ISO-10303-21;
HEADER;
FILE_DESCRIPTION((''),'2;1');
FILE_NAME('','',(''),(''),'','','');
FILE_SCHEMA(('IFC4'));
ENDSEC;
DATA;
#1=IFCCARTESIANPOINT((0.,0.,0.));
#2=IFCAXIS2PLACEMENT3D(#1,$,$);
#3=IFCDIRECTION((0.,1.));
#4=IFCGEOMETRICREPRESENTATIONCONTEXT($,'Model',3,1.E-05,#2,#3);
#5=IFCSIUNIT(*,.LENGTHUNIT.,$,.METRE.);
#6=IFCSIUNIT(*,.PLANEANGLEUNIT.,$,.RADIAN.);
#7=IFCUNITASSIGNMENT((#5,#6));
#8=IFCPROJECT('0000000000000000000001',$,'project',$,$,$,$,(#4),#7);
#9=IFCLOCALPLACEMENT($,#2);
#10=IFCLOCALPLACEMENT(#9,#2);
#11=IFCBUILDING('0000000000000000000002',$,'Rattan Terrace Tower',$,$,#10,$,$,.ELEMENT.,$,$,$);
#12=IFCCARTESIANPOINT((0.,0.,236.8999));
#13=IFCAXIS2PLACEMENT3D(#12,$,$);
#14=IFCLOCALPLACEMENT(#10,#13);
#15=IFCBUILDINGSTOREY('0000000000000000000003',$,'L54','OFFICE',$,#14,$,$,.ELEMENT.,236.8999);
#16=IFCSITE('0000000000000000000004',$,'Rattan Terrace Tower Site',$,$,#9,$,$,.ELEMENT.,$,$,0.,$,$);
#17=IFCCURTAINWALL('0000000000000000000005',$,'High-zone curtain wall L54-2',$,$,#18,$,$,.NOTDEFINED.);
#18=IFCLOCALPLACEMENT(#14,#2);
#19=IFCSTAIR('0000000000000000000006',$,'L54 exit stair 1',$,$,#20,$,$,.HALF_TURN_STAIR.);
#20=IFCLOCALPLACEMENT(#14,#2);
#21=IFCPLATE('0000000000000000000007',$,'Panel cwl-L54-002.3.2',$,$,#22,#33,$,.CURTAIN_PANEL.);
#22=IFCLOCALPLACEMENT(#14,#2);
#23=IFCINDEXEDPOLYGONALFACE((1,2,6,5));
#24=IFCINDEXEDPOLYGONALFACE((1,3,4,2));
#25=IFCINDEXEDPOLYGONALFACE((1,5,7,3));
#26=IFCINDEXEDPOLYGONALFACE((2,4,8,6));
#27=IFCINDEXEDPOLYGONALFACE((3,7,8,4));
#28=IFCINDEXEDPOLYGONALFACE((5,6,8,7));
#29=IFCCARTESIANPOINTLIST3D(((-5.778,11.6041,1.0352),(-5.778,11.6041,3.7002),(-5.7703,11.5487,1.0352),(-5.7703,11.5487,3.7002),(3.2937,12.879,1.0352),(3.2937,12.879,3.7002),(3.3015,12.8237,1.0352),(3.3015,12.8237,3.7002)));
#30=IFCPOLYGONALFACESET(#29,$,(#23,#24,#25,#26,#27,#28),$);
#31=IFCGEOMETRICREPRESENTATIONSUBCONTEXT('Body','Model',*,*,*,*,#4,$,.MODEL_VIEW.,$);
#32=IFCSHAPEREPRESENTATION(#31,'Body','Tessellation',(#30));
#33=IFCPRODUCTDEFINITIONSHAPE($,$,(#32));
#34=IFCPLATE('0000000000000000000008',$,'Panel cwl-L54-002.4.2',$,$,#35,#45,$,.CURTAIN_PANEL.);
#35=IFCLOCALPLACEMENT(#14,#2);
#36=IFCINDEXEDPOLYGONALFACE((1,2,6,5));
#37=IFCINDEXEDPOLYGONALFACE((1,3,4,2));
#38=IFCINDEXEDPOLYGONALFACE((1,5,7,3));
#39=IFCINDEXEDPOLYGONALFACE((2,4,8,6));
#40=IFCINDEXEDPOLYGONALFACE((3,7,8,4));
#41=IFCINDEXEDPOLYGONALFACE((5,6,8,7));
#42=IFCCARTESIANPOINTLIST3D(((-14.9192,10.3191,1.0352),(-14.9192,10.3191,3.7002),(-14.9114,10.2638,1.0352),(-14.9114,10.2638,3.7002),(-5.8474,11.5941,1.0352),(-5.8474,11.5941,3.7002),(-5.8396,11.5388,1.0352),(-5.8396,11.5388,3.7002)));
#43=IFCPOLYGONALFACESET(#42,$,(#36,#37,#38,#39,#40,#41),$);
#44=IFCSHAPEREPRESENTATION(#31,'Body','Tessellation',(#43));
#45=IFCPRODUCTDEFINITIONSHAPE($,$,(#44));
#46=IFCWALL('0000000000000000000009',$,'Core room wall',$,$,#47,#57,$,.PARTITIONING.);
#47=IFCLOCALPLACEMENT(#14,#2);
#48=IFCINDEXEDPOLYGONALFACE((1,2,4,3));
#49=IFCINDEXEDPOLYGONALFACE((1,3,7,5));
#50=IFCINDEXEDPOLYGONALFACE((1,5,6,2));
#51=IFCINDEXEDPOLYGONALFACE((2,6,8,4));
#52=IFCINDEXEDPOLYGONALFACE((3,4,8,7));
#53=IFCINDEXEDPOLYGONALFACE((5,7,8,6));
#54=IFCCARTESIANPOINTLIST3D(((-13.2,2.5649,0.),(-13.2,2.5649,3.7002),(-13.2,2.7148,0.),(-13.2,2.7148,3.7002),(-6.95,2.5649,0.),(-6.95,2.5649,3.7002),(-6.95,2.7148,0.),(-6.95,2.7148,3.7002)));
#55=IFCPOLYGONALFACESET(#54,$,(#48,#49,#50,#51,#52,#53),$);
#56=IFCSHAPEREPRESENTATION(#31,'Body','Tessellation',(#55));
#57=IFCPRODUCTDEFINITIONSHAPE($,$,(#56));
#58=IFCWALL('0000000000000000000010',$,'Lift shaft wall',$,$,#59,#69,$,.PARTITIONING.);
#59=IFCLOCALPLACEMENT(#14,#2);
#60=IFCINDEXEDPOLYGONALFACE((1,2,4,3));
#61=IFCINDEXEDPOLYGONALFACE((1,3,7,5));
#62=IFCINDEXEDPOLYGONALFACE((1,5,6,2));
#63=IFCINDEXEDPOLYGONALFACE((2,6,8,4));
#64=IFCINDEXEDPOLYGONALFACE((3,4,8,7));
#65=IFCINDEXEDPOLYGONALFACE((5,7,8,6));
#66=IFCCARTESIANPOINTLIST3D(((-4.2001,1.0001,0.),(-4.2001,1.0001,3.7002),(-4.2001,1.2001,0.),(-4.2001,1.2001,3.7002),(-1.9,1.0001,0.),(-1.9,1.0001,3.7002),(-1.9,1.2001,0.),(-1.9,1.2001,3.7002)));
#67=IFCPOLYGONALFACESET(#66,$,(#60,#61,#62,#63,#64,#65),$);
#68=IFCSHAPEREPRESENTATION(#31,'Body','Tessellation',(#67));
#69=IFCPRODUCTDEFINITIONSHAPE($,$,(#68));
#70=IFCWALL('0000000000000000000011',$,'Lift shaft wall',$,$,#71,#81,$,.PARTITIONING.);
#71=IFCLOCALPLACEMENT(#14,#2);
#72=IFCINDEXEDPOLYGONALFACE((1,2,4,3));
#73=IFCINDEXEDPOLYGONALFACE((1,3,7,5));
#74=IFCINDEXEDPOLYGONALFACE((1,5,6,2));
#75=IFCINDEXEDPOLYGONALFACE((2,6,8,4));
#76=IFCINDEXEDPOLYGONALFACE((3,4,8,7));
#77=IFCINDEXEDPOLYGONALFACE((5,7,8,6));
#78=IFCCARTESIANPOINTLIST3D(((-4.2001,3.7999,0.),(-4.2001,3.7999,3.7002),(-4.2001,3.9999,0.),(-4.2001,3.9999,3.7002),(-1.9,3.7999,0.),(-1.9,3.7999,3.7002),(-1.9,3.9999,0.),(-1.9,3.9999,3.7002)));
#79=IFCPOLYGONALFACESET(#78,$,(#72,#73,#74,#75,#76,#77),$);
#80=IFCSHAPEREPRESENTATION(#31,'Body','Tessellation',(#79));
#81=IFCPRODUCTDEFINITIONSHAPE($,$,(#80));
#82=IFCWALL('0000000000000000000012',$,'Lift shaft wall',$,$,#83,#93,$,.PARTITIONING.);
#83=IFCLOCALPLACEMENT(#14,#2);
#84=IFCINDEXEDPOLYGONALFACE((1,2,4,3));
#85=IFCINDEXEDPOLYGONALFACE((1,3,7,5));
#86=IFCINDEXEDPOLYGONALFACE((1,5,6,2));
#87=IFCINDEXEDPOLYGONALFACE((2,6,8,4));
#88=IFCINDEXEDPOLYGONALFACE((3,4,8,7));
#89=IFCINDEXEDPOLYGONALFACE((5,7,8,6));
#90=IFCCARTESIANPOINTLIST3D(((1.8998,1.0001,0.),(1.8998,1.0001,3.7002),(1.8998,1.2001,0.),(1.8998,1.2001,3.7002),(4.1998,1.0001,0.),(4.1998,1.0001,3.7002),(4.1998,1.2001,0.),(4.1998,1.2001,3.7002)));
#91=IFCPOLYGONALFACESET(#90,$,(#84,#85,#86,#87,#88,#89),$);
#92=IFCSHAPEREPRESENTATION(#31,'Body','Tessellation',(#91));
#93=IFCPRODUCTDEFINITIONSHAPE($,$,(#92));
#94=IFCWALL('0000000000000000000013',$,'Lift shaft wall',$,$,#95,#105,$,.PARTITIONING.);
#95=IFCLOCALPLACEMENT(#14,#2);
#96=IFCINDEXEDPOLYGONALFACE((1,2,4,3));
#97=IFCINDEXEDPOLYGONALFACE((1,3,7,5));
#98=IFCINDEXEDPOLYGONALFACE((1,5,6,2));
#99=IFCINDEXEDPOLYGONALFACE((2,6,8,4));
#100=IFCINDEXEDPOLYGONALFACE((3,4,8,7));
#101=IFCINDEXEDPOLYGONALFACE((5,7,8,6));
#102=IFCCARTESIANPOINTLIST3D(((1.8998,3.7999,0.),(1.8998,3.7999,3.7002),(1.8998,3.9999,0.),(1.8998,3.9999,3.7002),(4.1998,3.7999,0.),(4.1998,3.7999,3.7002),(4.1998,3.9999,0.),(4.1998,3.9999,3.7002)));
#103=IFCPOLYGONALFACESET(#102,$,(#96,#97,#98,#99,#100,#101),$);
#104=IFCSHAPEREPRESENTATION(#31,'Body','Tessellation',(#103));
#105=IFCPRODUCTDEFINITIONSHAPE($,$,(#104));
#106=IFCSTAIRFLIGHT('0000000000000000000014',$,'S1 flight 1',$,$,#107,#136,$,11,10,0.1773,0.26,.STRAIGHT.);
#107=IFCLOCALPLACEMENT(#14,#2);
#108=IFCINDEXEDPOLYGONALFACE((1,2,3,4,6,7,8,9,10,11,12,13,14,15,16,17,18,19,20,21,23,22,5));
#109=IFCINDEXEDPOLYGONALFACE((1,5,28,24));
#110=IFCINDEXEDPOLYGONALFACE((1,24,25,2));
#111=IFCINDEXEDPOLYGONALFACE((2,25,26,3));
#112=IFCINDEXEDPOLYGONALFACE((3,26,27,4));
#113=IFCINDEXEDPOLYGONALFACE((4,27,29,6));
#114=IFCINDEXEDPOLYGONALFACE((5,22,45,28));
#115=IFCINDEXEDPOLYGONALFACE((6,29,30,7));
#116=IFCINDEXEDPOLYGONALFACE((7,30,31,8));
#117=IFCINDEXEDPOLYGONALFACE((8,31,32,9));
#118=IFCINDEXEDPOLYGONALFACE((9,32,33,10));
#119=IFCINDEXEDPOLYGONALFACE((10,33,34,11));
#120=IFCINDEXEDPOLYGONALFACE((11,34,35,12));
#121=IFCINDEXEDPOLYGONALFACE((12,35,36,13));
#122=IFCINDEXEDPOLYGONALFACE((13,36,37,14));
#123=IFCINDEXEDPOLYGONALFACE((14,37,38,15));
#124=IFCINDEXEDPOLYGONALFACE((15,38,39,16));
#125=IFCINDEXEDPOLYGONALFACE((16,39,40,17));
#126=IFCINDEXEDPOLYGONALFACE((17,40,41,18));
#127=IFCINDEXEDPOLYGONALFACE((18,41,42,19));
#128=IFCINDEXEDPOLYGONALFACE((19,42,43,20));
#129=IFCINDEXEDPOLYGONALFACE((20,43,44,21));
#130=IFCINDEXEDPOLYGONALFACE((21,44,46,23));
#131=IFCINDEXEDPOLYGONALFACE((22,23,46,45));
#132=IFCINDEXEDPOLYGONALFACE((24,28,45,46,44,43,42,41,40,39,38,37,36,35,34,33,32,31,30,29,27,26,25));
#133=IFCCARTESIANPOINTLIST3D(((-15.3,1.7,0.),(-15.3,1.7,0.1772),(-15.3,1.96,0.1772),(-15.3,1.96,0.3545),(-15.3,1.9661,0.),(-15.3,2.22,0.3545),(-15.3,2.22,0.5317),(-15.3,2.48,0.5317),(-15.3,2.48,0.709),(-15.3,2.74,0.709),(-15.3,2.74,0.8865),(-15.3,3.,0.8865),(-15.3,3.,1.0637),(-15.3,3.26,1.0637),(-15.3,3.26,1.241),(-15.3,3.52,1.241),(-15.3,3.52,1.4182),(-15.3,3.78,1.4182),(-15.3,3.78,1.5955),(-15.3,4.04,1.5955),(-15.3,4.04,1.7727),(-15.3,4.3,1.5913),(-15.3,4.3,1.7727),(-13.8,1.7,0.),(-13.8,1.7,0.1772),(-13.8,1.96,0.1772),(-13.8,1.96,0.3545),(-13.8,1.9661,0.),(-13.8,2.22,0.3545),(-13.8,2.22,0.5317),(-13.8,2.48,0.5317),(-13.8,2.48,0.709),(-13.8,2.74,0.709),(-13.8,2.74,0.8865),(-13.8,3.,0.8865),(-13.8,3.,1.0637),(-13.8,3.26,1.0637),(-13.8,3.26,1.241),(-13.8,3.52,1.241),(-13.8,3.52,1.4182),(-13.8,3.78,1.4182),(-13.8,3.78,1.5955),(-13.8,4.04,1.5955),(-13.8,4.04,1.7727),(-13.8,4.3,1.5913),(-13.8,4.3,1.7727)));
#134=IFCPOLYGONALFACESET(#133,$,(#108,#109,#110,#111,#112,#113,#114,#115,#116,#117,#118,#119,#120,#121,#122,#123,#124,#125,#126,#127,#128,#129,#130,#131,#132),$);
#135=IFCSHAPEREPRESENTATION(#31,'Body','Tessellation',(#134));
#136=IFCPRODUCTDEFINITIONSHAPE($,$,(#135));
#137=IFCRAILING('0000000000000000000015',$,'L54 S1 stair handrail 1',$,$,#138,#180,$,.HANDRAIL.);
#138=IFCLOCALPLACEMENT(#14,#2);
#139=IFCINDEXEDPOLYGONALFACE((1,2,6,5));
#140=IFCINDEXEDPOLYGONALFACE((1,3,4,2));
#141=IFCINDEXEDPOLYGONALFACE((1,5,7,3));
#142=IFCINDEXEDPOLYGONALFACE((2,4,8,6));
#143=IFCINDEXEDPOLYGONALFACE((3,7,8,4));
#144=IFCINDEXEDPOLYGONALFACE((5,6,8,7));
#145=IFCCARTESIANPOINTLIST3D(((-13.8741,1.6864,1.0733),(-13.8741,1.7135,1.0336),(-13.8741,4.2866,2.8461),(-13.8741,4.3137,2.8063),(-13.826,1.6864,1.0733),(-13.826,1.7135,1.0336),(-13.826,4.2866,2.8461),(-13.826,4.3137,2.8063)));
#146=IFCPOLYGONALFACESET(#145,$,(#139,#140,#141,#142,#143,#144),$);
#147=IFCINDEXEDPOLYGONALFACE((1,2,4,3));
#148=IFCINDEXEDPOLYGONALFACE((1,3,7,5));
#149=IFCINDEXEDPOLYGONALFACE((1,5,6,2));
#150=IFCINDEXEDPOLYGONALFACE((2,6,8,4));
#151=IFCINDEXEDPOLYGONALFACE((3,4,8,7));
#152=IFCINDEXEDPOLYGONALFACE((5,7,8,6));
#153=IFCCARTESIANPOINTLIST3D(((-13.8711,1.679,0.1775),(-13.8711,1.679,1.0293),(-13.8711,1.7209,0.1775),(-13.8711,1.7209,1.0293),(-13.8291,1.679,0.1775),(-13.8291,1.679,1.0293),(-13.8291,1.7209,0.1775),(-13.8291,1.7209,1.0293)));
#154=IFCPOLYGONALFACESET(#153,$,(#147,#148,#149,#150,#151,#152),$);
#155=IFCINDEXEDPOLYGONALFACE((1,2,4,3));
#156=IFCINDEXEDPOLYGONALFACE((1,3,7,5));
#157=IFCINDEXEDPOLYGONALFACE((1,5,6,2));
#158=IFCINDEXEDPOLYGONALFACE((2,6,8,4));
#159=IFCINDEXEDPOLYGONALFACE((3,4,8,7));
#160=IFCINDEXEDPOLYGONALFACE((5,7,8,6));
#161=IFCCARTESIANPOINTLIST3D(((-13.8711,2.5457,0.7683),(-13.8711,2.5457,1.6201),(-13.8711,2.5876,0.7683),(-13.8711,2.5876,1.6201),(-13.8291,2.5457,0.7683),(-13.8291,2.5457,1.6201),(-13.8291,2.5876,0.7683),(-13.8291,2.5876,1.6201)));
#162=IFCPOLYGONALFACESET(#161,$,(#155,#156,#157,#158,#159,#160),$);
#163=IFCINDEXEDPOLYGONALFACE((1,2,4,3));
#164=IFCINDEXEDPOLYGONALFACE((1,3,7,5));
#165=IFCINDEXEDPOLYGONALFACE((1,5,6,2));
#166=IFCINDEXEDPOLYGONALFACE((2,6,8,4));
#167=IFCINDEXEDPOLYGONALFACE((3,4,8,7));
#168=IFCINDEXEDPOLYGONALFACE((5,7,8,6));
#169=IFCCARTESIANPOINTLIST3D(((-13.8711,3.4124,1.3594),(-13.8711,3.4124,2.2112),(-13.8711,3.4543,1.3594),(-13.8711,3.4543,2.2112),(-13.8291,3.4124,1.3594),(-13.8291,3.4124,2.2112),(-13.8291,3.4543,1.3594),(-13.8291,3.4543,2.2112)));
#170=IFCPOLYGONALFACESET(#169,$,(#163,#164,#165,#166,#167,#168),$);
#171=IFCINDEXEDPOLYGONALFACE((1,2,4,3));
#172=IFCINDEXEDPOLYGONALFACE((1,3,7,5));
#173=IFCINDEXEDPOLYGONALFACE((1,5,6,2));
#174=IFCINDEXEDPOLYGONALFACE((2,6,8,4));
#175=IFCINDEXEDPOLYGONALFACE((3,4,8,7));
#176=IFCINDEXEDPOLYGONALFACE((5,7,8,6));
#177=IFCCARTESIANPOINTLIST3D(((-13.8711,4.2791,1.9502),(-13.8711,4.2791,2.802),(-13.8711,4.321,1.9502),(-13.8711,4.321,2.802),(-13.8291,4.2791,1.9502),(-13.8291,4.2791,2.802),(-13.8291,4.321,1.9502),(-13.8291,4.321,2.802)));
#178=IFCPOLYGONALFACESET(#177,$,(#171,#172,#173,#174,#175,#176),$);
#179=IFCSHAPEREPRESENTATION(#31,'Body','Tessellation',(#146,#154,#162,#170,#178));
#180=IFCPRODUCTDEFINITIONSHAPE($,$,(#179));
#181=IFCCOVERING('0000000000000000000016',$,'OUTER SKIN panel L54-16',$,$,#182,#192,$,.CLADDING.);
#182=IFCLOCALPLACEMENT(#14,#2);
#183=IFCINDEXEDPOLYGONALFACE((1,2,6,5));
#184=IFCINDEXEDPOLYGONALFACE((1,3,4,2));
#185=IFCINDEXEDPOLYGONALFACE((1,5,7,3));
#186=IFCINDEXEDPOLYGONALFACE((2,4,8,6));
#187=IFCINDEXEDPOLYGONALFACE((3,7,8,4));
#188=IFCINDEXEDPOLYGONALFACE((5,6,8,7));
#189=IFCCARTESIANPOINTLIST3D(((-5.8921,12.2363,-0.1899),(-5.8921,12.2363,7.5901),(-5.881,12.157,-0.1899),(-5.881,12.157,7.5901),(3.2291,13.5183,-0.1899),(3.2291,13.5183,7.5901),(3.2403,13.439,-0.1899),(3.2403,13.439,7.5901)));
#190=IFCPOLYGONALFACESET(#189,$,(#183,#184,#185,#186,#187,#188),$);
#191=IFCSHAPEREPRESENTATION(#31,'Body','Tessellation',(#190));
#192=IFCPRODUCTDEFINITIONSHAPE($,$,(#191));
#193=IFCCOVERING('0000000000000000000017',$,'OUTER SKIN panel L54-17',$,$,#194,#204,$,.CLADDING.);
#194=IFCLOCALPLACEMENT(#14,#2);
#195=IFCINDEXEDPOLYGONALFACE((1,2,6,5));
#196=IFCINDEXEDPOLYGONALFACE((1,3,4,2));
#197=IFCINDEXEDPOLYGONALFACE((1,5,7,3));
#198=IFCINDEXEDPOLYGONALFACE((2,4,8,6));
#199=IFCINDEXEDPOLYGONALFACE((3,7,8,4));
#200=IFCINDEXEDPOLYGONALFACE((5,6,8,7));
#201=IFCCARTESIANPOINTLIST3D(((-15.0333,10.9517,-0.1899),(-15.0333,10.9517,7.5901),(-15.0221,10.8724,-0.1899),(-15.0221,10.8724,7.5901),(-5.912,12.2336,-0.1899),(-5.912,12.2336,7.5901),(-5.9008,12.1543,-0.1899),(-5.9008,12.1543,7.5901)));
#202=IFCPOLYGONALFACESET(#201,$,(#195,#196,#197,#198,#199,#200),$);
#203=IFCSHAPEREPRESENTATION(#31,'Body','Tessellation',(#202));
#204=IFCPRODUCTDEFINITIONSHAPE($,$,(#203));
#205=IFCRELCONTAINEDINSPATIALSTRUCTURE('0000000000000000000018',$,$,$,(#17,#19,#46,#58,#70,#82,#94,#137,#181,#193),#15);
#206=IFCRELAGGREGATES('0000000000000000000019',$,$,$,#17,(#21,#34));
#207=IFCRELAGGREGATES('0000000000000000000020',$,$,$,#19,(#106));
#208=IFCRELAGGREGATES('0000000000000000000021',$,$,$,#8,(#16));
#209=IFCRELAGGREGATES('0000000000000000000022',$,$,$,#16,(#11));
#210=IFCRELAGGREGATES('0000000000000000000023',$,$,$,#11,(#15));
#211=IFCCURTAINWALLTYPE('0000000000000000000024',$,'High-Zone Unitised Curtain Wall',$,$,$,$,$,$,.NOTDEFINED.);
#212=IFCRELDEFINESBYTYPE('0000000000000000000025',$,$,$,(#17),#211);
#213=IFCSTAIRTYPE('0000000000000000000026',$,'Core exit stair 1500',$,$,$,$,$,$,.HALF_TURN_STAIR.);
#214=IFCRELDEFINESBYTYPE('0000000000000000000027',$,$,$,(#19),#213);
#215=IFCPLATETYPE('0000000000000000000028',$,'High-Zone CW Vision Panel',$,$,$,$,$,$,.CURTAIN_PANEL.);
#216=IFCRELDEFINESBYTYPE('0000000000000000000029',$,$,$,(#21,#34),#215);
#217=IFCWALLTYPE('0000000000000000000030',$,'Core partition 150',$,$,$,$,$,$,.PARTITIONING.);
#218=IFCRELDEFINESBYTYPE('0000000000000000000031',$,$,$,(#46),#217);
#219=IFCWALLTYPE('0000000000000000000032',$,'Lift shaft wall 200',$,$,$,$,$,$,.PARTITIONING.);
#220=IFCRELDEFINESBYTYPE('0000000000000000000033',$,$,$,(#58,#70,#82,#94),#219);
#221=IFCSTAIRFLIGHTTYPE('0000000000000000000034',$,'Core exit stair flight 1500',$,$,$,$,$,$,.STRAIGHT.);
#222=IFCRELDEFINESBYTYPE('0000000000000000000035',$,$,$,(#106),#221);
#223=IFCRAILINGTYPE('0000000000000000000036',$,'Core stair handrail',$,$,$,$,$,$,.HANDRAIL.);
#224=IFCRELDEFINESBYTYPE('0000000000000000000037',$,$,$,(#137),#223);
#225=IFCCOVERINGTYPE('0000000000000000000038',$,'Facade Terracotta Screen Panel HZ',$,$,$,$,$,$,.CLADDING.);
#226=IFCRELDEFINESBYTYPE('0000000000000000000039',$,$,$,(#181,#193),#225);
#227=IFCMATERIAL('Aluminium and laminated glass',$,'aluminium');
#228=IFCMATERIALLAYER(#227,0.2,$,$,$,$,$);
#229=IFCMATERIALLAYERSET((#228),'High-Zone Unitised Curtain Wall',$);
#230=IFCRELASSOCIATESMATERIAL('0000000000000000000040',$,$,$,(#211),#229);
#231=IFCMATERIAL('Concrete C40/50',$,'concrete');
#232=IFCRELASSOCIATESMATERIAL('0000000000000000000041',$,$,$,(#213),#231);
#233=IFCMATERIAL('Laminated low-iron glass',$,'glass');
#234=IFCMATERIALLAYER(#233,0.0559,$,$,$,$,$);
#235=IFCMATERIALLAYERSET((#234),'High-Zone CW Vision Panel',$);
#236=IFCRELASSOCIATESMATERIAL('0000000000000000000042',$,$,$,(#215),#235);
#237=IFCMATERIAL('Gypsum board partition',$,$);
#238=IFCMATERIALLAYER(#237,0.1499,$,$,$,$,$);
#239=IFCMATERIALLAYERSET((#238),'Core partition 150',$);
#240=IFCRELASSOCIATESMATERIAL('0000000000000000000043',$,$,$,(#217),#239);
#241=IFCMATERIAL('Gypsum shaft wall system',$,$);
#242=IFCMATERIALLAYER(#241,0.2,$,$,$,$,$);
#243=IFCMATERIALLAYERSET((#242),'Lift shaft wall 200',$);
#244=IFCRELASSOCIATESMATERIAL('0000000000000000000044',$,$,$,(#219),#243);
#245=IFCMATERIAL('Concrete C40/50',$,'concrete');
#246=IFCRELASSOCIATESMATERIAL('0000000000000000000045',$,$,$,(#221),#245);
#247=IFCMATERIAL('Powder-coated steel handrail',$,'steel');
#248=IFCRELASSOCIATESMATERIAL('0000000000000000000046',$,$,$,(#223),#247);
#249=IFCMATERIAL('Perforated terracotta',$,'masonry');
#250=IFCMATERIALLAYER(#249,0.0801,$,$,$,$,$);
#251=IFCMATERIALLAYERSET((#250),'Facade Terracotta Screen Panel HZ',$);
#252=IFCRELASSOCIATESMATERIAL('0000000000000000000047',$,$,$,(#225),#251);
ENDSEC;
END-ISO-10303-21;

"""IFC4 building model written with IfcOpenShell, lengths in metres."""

from ifc_helpers import new_model, si_unit, direction, frame, frame_2d, origin, origin_2d, place, context, subcontext, project, spatial, polyline, rectangle, outline, extrude, material, layer, layer_set, type_object, element, aggregate, save


model = new_model("IFC4")

# Units and contexts
model_context = context("Model", 3, precision=1e-05, world=origin(), true_north=direction((0.0, 1.0)))
body_context = subcontext(model_context, "Body", "Model", "MODEL_VIEW")
ifc_project = project(units=[si_unit("LENGTHUNIT", "METRE"), si_unit("PLANEANGLEUNIT", "RADIAN")], contexts=[model_context])

# Site, building, storey
site_placement = place(None, origin())
site = spatial("IfcSite", under=ifc_project, at=site_placement, Name="Rattan Terrace Tower Site", CompositionType="ELEMENT", RefElevation=0.0)
building_placement = place(site_placement, origin())
building = spatial("IfcBuilding", under=site, at=building_placement, Name="Rattan Terrace Tower", CompositionType="ELEMENT")
storey_placement = place(building_placement, frame((0.0, 0.0, 236.8999)))
storey = spatial("IfcBuildingStorey", under=building, at=storey_placement, Name="L54", Description="OFFICE", CompositionType="ELEMENT", Elevation=236.8999)

# Curtain wall
ifc_material_1 = material(Name="Aluminium and laminated glass", Category="aluminium")
ifc_layer_1 = layer(ifc_material_1, 0.2)
ifc_layer_set_1 = layer_set([ifc_layer_1], Name="High-Zone Unitised Curtain Wall")
curtain_wall_type = type_object("IfcCurtainWallType", Name="High-Zone Unitised Curtain Wall", PredefinedType="NOTDEFINED", material=ifc_layer_set_1)
curtain_wall_placement = place(storey_placement, origin())
curtain_wall = element("IfcCurtainWall", 1, at=curtain_wall_placement, inside=storey, type_object=curtain_wall_type, Name="High-zone curtain wall L54-2", PredefinedType="NOTDEFINED")

# Stair
ifc_material_2 = material(Name="Concrete C40/50", Category="concrete")
stair_type = type_object("IfcStairType", Name="Core exit stair 1500", PredefinedType="HALF_TURN_STAIR", material=ifc_material_2)
stair_1_placement = place(storey_placement, origin())
stair_1 = element("IfcStair", 2, at=stair_1_placement, inside=storey, type_object=stair_type, Name="L54 exit stair 1", PredefinedType="HALF_TURN_STAIR")

# Plates
ifc_material_3 = material(Name="Laminated low-iron glass", Category="glass")
ifc_layer_2 = layer(ifc_material_3, 0.0559)
ifc_layer_set_2 = layer_set([ifc_layer_2], Name="High-Zone CW Vision Panel")
plate_type_1 = type_object("IfcPlateType", Name="High-Zone CW Vision Panel", PredefinedType="CURTAIN_PANEL", material=ifc_layer_set_2)
plate_1_placement = place(storey_placement, frame((-1.2383, 12.2139, 1.0352), z_axis=(0.0, 0.0, 1.0), x_axis=(-0.990267, -0.139177, 0.0)))
plate_1 = element("IfcPlate", 3, at=plate_1_placement, type_object=plate_type_1, Name="Panel cwl-L54-002.3.2", PredefinedType="CURTAIN_PANEL", context=body_context, shape_type="SweptSolid", body=[
    extrude(rectangle(XDim=9.1609, YDim=0.0559, at=origin_2d()), origin(), (0.0, 0.0, 1.0), 2.665),
])
plate_2_placement = place(storey_placement, frame((-10.3794, 10.929, 1.0352), z_axis=(0.0, 0.0, 1.0), x_axis=(-0.990267, -0.139177, 0.0)))
plate_2 = element("IfcPlate", 4, at=plate_2_placement, type_object=plate_type_1, Name="Panel cwl-L54-002.4.2", PredefinedType="CURTAIN_PANEL", context=body_context, shape_type="SweptSolid", body=[
    extrude(rectangle(XDim=9.1609, YDim=0.0559, at=origin_2d()), origin(), (0.0, 0.0, 1.0), 2.665),
])
aggregate(curtain_wall, [plate_1, plate_2])

# Walls
ifc_material_4 = material(Name="Gypsum board partition")
ifc_layer_3 = layer(ifc_material_4, 0.1499)
ifc_layer_set_3 = layer_set([ifc_layer_3], Name="Core partition 150")
wall_type_1 = type_object("IfcWallType", Name="Core partition 150", PredefinedType="PARTITIONING", material=ifc_layer_set_3)
wall_placement = place(storey_placement, frame((-13.2, 2.6399, 0.0), z_axis=(0.0, 0.0, 1.0), x_axis=(1.0, 0.0, 0.0)))
element("IfcWall", 5, at=wall_placement, inside=storey, type_object=wall_type_1, Name="Core room wall", PredefinedType="PARTITIONING", context=body_context, shape_type="SweptSolid", body=[
    extrude(rectangle(XDim=6.25, YDim=0.1499, at=frame_2d((3.125, 0.0))), origin(), (0.0, 0.0, 1.0), 3.7002),
])
ifc_material_5 = material(Name="Gypsum shaft wall system")
ifc_layer_4 = layer(ifc_material_5, 0.2)
ifc_layer_set_4 = layer_set([ifc_layer_4], Name="Lift shaft wall 200")
wall_type_2 = type_object("IfcWallType", Name="Lift shaft wall 200", PredefinedType="PARTITIONING", material=ifc_layer_set_4)
for number, where, z_axis, x_axis, name in (
    (6, (-4.2, 1.1001, 0.0), (0.0, 0.0, 1.0), (1.0, 0.0, 0.0), "Lift shaft wall"),
    (7, (-4.2, 3.8999, 0.0), (0.0, 0.0, 1.0), (1.0, 0.0, 0.0), "Lift shaft wall"),
    (8, (1.8999, 1.1001, 0.0), (0.0, 0.0, 1.0), (1.0, 0.0, 0.0), "Lift shaft wall"),
    (9, (1.8999, 3.8999, 0.0), (0.0, 0.0, 1.0), (1.0, 0.0, 0.0), "Lift shaft wall"),
):
    element("IfcWall", number, at=place(storey_placement, frame(where, z_axis=z_axis, x_axis=x_axis)), inside=storey, type_object=wall_type_2, Name=name, PredefinedType="PARTITIONING", context=body_context, shape_type="SweptSolid", body=[
        extrude(rectangle(XDim=2.3, YDim=0.2, at=frame_2d((1.1499, 0.0))), origin(), (0.0, 0.0, 1.0), 3.7002),
    ])

# Stair flight
ifc_material_6 = material(Name="Concrete C40/50", Category="concrete")
stair_flight_type = type_object("IfcStairFlightType", Name="Core exit stair flight 1500", PredefinedType="STRAIGHT", material=ifc_material_6)
stair_flight_placement = place(storey_placement, frame((-14.55, 1.7, 0.0), z_axis=(0.0, 0.0, 1.0), x_axis=(0.0, 1.0, 0.0)))
stair_flight = element("IfcStairFlight", 10, at=stair_flight_placement, type_object=stair_flight_type, Name="S1 flight 1", NumberOfRisers=11, NumberOfTreads=10, PredefinedType="STRAIGHT", RiserHeight=0.1773, TreadLength=0.26, context=body_context, shape_type="SweptSolid", body=[
    extrude(outline(polyline([(0.0, 0.0), (0.0, 0.1772), (0.26, 0.1772), (0.26, 0.3545), (0.52, 0.3545), (0.52, 0.5317), (0.78, 0.5317), (0.78, 0.709), (1.04, 0.709), (1.04, 0.8865), (1.3, 0.8865), (1.3, 1.0637), (1.5601, 1.0637), (1.5601, 1.241), (1.8201, 1.241), (1.8201, 1.4182), (2.0801, 1.4182), (2.0801, 1.5955), (2.3401, 1.5955), (2.3401, 1.7727), (2.6001, 1.7727), (2.6001, 1.95), (2.6001, 1.5913), (0.2661, 0.0), (0.0, 0.0)])), frame((0.0, 0.75, 0.0), z_axis=(0.0, -1.0, 0.0), x_axis=(1.0, 0.0, 0.0)), (0.0, 0.0, 1.0), 1.5),
])
aggregate(stair_1, [stair_flight])

# Railing
ifc_material_7 = material(Name="Powder-coated steel handrail", Category="steel")
railing_type = type_object("IfcRailingType", Name="Core stair handrail", PredefinedType="HANDRAIL", material=ifc_material_7)
railing_placement = place(storey_placement, frame((-13.8501, 1.7, 0.1775)))
element("IfcRailing", 11, at=railing_placement, inside=storey, type_object=railing_type, Name="L54 S1 stair handrail 1", PredefinedType="HANDRAIL", context=body_context, shape_type="SweptSolid", body=[
    extrude(rectangle(XDim=0.0481, YDim=0.0481, at=origin_2d()), frame((0.0, 0.0, 0.876), z_axis=(0.0, 0.82624, 0.563318), x_axis=(-1.0, 0.0, 0.0)), (0.0, 0.0, 1.0), 3.147),
    extrude(rectangle(XDim=0.042, YDim=0.042, at=origin_2d()), origin(), (0.0, 0.0, 1.0), 0.8518),
    extrude(rectangle(XDim=0.042, YDim=0.042, at=origin_2d()), frame((0.0, 0.8667, 0.5908)), (0.0, 0.0, 1.0), 0.8518),
    extrude(rectangle(XDim=0.042, YDim=0.042, at=origin_2d()), frame((0.0, 1.7334, 1.1819)), (0.0, 0.0, 1.0), 0.8518),
    extrude(rectangle(XDim=0.042, YDim=0.042, at=origin_2d()), frame((0.0, 2.6001, 1.7727)), (0.0, 0.0, 1.0), 0.8518),
])

# Coverings
ifc_material_8 = material(Name="Perforated terracotta", Category="masonry")
ifc_layer_5 = layer(ifc_material_8, 0.0801)
ifc_layer_set_5 = layer_set([ifc_layer_5], Name="Facade Terracotta Screen Panel HZ")
covering_type = type_object("IfcCoveringType", Name="Facade Terracotta Screen Panel HZ", PredefinedType="CLADDING", material=ifc_layer_set_5)
for number, where, z_axis, x_axis, name in (
    (12, (-1.3259, 12.8376, -0.1899), (0.0, 0.0, 1.0), (-0.990267, -0.139177, 0.0), "OUTER SKIN panel L54-16"),
    (13, (-10.467, 11.553, -0.1899), (0.0, 0.0, 1.0), (-0.990267, -0.139177, 0.0), "OUTER SKIN panel L54-17"),
):
    element("IfcCovering", number, at=place(storey_placement, frame(where, z_axis=z_axis, x_axis=x_axis)), inside=storey, type_object=covering_type, Name=name, PredefinedType="CLADDING", context=body_context, shape_type="SweptSolid", body=[
        extrude(rectangle(XDim=9.2109, YDim=0.0801, at=origin_2d()), origin(), (0.0, 0.0, 1.0), 7.78),
    ])

save(model, "model.ifc")
